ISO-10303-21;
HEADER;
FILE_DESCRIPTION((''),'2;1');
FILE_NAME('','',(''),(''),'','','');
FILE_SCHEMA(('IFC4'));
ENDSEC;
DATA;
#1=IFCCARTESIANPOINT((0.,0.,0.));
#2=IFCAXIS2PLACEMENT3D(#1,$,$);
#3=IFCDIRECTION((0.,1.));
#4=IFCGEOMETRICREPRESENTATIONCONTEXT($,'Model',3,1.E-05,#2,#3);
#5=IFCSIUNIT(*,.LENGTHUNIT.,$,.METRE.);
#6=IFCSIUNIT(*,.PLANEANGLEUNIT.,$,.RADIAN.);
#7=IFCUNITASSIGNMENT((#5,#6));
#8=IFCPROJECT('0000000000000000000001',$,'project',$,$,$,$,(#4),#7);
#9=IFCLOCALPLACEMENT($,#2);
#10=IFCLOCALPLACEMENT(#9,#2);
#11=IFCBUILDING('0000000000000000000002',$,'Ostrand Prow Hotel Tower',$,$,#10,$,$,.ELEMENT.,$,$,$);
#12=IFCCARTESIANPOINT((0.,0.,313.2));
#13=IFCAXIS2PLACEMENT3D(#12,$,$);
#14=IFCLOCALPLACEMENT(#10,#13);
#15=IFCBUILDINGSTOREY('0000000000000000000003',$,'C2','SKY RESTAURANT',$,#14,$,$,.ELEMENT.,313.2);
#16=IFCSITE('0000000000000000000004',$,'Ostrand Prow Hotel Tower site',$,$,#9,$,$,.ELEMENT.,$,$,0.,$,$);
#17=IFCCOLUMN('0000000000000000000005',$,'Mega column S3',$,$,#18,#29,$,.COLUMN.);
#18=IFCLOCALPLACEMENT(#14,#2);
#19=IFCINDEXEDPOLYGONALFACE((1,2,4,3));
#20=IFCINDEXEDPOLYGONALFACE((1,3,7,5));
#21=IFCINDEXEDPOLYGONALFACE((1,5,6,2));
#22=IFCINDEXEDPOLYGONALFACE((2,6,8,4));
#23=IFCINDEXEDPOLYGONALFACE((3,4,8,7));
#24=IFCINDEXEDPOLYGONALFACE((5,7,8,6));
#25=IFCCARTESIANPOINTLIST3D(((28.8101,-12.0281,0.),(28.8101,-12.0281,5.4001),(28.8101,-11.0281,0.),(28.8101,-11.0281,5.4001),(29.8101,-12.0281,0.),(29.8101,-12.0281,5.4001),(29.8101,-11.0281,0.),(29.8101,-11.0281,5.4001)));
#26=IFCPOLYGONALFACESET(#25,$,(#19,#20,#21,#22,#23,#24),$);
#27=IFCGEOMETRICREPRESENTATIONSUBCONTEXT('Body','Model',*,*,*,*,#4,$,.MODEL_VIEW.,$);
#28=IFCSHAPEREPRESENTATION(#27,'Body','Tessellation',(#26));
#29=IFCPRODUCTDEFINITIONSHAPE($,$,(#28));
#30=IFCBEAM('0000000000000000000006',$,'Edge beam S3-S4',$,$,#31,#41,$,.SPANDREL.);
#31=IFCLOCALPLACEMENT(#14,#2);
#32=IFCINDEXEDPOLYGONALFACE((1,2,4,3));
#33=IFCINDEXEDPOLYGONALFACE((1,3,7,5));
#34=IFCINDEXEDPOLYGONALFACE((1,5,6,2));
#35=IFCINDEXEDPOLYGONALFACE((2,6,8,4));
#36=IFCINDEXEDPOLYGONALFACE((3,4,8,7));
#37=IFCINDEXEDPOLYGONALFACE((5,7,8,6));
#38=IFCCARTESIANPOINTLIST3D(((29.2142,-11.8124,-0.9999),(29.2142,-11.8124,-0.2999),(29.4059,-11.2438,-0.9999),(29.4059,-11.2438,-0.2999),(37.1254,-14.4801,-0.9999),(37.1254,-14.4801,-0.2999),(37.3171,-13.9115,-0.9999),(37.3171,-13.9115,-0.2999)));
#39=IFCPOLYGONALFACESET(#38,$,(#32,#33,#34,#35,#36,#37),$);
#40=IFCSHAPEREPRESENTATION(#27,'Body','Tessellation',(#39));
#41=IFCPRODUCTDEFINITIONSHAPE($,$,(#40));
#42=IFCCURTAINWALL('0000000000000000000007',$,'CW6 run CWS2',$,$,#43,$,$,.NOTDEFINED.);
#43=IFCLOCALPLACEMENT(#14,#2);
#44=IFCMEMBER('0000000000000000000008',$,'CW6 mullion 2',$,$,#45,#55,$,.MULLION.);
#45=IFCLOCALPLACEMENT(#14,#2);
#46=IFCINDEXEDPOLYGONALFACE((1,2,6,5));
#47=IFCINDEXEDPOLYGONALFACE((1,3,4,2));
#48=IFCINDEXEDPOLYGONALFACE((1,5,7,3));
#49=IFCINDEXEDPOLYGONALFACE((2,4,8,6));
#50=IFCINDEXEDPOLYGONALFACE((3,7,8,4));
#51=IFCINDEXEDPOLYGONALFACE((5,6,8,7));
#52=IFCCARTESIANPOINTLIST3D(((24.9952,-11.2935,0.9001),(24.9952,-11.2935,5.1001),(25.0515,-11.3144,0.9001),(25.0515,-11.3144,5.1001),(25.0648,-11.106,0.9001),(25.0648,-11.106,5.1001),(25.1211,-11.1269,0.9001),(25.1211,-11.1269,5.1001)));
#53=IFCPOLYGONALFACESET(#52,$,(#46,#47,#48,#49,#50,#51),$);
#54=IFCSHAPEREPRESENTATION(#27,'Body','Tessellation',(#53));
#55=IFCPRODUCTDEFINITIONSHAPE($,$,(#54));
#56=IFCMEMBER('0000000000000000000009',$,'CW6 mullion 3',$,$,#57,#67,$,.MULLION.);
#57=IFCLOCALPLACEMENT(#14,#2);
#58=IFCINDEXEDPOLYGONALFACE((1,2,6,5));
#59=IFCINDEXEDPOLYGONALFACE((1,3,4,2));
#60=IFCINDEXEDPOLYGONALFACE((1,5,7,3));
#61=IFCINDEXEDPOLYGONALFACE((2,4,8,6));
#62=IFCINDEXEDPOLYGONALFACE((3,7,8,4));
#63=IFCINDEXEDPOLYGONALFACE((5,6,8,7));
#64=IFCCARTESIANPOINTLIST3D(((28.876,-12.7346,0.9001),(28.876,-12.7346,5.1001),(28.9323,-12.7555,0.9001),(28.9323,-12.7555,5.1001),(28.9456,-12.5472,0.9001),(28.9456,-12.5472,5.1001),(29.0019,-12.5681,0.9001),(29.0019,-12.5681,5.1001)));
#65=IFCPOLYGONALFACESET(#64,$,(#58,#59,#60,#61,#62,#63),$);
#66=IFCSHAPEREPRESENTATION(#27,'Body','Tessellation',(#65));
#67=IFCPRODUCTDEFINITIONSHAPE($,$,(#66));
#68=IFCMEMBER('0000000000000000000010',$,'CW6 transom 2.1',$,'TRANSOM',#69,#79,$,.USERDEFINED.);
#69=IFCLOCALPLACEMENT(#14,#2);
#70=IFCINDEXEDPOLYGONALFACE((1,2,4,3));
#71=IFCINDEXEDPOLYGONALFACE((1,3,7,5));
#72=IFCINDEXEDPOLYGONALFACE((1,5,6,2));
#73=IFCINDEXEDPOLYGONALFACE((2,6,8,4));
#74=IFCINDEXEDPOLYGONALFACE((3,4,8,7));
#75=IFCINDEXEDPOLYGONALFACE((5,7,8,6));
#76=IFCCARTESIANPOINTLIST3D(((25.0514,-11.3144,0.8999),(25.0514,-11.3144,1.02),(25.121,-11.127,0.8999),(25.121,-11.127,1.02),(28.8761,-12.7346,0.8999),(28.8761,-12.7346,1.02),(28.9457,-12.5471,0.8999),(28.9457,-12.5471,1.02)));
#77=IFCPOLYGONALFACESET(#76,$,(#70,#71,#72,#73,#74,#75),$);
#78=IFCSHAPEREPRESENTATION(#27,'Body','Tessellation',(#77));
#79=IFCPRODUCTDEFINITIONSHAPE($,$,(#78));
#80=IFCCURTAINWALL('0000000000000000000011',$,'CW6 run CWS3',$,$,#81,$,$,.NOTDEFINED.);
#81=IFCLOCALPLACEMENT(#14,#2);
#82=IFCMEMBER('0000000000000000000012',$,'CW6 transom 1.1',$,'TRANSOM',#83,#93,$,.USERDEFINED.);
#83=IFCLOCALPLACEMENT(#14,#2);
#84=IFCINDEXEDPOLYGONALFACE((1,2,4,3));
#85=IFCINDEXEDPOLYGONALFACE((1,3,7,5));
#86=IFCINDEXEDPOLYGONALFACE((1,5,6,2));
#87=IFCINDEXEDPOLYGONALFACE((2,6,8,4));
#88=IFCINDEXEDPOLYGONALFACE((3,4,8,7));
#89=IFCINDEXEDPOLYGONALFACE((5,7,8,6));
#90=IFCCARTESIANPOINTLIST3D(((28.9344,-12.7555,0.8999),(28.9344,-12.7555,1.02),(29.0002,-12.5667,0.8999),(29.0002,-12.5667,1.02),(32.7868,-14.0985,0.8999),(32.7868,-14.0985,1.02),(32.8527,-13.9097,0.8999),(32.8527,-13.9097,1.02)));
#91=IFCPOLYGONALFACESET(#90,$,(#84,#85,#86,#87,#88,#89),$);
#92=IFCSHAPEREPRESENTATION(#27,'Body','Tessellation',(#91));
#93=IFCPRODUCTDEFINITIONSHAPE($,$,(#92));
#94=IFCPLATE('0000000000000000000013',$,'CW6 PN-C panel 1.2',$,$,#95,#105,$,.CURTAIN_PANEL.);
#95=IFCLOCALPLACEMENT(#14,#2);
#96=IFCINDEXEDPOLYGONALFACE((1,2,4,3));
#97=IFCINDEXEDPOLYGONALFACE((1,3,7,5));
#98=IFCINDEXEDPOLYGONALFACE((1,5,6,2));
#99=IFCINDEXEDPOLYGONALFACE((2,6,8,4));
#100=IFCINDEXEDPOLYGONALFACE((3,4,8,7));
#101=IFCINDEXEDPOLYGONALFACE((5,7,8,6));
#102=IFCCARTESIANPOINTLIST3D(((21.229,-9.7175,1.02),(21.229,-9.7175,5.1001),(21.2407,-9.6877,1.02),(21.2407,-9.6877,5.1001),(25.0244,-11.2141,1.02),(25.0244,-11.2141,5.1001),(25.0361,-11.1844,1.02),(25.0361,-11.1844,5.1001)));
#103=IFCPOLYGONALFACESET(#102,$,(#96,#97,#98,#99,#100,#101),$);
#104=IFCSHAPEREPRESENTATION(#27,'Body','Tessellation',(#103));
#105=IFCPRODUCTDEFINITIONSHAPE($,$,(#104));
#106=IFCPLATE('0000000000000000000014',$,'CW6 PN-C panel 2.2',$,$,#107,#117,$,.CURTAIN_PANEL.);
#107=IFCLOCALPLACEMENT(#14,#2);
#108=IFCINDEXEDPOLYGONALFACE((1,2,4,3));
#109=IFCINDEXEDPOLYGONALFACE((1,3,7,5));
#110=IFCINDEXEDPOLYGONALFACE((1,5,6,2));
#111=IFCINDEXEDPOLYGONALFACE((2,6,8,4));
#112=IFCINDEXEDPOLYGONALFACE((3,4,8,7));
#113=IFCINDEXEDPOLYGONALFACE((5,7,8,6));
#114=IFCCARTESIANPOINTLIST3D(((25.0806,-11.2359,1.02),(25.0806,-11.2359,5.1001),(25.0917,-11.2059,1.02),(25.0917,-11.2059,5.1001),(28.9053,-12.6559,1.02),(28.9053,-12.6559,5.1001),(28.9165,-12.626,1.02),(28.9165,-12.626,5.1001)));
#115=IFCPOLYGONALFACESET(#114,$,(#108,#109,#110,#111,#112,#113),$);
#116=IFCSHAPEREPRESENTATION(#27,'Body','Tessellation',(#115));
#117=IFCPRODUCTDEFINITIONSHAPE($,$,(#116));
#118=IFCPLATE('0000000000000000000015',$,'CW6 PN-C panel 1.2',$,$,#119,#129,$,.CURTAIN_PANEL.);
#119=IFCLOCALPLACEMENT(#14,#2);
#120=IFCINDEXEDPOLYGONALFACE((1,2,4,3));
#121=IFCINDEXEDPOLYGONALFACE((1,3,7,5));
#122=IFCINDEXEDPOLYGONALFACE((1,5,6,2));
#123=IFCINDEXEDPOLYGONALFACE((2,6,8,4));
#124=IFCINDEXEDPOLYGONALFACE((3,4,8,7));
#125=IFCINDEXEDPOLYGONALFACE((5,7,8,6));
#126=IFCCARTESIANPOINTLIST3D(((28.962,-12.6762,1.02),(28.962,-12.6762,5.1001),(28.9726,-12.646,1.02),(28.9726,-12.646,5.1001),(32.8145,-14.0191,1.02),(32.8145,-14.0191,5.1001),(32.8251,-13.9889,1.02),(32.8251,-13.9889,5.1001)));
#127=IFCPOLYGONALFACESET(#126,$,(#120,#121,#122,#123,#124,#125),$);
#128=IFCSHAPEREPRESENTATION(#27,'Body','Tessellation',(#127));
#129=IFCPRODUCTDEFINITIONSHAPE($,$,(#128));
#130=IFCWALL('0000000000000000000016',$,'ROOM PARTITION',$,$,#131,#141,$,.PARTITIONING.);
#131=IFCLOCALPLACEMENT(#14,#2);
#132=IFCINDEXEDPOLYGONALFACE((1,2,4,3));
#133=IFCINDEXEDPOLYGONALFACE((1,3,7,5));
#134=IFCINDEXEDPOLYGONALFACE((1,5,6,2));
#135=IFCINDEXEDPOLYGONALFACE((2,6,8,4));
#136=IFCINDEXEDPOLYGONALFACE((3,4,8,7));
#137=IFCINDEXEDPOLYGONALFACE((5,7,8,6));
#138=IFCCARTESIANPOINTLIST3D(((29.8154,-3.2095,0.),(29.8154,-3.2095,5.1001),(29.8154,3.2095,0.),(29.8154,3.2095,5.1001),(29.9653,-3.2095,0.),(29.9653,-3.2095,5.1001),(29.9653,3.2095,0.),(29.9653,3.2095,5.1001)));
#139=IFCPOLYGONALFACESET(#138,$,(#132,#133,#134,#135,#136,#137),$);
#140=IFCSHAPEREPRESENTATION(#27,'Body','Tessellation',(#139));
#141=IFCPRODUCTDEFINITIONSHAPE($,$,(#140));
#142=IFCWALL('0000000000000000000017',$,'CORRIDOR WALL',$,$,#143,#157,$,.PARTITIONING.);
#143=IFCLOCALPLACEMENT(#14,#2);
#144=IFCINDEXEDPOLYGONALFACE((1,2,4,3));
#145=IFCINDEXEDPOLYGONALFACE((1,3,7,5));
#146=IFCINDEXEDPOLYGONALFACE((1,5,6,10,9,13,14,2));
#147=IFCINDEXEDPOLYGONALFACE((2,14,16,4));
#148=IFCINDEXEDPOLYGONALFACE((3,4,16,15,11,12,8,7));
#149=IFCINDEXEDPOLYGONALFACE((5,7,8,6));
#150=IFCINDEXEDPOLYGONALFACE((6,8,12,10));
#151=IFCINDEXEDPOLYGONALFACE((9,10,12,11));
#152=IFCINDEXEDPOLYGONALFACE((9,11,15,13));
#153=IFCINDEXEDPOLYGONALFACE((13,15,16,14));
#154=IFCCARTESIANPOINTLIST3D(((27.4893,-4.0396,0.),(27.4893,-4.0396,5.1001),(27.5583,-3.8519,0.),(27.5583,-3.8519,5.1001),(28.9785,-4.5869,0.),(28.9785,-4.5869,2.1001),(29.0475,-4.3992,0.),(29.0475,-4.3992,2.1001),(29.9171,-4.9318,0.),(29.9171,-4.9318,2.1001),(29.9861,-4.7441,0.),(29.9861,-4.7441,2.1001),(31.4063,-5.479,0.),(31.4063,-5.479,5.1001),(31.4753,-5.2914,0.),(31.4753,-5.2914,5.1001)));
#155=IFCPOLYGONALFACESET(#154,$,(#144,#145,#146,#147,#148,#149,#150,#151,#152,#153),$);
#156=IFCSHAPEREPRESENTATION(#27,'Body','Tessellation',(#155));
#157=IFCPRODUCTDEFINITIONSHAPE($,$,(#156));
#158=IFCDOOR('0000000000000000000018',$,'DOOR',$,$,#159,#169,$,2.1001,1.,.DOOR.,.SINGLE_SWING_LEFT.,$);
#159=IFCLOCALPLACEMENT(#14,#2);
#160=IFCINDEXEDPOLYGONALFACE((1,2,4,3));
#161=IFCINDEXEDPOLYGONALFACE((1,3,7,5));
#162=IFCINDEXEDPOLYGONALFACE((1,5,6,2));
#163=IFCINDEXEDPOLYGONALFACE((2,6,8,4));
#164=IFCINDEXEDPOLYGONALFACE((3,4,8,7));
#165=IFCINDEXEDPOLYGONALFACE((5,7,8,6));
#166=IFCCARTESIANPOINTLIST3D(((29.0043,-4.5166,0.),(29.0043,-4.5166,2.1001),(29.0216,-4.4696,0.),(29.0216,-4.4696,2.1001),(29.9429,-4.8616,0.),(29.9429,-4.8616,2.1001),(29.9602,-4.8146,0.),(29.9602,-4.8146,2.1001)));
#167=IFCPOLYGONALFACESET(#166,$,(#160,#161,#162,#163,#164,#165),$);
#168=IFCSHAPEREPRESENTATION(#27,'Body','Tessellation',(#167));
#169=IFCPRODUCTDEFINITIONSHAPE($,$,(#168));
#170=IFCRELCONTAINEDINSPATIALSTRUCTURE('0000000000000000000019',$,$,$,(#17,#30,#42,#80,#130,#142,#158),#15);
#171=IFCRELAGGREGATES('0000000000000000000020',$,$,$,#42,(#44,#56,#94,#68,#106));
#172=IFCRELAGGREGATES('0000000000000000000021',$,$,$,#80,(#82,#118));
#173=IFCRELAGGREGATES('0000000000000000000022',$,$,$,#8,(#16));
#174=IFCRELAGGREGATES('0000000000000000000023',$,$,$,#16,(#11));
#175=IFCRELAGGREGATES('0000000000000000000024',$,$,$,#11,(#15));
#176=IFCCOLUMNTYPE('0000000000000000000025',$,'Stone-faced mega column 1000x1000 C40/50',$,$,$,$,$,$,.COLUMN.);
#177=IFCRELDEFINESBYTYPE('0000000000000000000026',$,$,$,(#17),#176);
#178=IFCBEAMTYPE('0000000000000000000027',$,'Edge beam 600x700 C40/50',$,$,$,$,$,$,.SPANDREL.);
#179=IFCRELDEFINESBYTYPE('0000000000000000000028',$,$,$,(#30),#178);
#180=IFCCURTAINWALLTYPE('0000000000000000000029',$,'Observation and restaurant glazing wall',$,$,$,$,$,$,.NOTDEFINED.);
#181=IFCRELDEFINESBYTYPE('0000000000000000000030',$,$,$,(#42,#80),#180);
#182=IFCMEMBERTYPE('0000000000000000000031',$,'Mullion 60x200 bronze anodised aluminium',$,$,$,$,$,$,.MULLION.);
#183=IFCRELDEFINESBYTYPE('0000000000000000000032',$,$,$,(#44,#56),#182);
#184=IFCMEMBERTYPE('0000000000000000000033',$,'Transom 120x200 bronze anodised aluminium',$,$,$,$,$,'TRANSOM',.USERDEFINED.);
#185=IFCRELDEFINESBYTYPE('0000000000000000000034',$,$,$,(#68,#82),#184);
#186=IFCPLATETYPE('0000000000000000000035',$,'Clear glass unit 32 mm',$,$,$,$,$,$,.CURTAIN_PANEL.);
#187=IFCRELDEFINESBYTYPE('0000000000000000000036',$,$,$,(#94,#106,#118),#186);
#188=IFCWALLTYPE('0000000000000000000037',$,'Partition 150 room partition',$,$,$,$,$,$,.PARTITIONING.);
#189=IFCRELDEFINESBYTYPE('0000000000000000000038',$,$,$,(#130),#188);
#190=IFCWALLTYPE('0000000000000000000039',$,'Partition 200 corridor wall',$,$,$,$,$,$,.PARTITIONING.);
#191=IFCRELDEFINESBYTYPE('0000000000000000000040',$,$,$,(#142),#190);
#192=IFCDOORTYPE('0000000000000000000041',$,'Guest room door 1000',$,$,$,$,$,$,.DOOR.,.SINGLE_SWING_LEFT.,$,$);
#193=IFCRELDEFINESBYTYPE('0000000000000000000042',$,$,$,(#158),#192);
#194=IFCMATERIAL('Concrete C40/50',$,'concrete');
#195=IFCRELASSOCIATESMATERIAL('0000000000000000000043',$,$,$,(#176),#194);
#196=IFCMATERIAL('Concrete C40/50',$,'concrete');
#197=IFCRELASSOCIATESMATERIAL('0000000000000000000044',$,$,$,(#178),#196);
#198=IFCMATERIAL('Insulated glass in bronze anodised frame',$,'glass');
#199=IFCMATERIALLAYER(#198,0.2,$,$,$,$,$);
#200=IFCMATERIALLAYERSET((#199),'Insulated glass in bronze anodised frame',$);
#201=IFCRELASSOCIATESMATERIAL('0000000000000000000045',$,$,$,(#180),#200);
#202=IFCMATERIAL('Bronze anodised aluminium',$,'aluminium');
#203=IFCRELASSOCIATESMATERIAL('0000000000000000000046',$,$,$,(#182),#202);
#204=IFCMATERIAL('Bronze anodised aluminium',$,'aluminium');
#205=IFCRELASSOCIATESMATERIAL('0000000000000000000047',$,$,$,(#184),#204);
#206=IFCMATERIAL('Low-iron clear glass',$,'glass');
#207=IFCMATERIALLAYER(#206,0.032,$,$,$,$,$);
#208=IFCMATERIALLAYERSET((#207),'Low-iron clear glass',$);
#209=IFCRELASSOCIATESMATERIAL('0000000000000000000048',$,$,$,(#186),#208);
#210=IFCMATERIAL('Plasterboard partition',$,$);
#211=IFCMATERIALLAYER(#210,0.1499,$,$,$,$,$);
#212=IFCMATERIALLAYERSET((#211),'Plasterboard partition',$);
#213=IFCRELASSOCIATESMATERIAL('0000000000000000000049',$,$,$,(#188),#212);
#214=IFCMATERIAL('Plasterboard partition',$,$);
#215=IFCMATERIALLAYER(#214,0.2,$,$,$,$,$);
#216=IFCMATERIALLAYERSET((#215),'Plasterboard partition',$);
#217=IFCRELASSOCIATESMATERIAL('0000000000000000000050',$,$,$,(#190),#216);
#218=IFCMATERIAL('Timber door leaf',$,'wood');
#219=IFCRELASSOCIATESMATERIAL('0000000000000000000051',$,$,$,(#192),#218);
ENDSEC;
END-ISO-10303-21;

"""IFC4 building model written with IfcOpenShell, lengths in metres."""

from ifc_helpers import new_model, si_unit, direction, frame, frame_2d, origin, origin_2d, place, context, subcontext, project, spatial, rectangle, extrude, material, layer, layer_set, material_profile, profile_set, type_object, element, fill, aggregate, save


model = new_model("IFC4")

# Units and contexts
model_context = context("Model", 3, precision=1e-05, world=origin(), true_north=direction((0.0, 1.0)))
body_context = subcontext(model_context, "Body", "Model", "MODEL_VIEW")
ifc_project = project(units=[si_unit("LENGTHUNIT", "METRE"), si_unit("PLANEANGLEUNIT", "RADIAN")], contexts=[model_context])

# Site, building, storey
site_placement = place(None, origin())
site = spatial("IfcSite", under=ifc_project, at=site_placement, Name="Ostrand Prow Hotel Tower site", CompositionType="ELEMENT", RefElevation=0.0)
building_placement = place(site_placement, origin())
building = spatial("IfcBuilding", under=site, at=building_placement, Name="Ostrand Prow Hotel Tower", CompositionType="ELEMENT")
storey_placement = place(building_placement, frame((0.0, 0.0, 313.2)))
storey = spatial("IfcBuildingStorey", under=building, at=storey_placement, Name="C2", Description="SKY RESTAURANT", CompositionType="ELEMENT", Elevation=313.2)

# Column
ifc_material_1 = material(Name="Concrete C40/50", Category="concrete")
ifc_material_profile_1 = material_profile(ifc_material_1, rectangle(XDim=1.0, YDim=1.0, at=origin_2d()), Name="RC 1000x1000")
ifc_profile_set_1 = profile_set([ifc_material_profile_1], Name="Concrete C40/50")
column_type = type_object("IfcColumnType", Name="Stone-faced mega column 1000x1000 C40/50", PredefinedType="COLUMN", material=ifc_profile_set_1)
column_placement = place(storey_placement, frame((29.3101, -11.5281, 0.0), z_axis=(0.0, 0.0, 1.0), x_axis=(1.0, 0.0, 0.0)))
element("IfcColumn", 1, at=column_placement, inside=storey, type_object=column_type, Name="Mega column S3", PredefinedType="COLUMN", context=body_context, shape_type="SweptSolid", body=[
    extrude(rectangle(XDim=1.0, YDim=1.0, at=origin_2d()), origin(), (0.0, 0.0, 1.0), 5.4001),
])

# Beam
ifc_material_2 = material(Name="Concrete C40/50", Category="concrete")
ifc_material_profile_2 = material_profile(ifc_material_2, rectangle(XDim=0.6001, YDim=0.7, at=origin_2d()), Name="RC 600x700")
ifc_profile_set_2 = profile_set([ifc_material_profile_2], Name="Concrete C40/50")
beam_type = type_object("IfcBeamType", Name="Edge beam 600x700 C40/50", PredefinedType="SPANDREL", material=ifc_profile_set_2)
beam_placement = place(storey_placement, frame((29.3101, -11.5281, -0.6499), z_axis=(0.947575, -0.319533, 0.0), x_axis=(0.319533, 0.947575, 0.0)))
element("IfcBeam", 2, at=beam_placement, inside=storey, type_object=beam_type, Name="Edge beam S3-S4", PredefinedType="SPANDREL", context=body_context, shape_type="SweptSolid", body=[
    extrude(rectangle(XDim=0.6001, YDim=0.7, at=origin_2d()), origin(), (0.0, 0.0, 1.0), 8.3489),
])

# Curtain wall, members
ifc_material_3 = material(Name="Insulated glass in bronze anodised frame", Category="glass")
ifc_layer_1 = layer(ifc_material_3, 0.2)
ifc_layer_set_1 = layer_set([ifc_layer_1], Name="Insulated glass in bronze anodised frame")
curtain_wall_type = type_object("IfcCurtainWallType", Name="Observation and restaurant glazing wall", PredefinedType="NOTDEFINED", material=ifc_layer_set_1)
curtain_wall_1_placement = place(storey_placement, origin())
curtain_wall_1 = element("IfcCurtainWall", 3, at=curtain_wall_1_placement, inside=storey, type_object=curtain_wall_type, Name="CW6 run CWS2", PredefinedType="NOTDEFINED")
ifc_material_4 = material(Name="Bronze anodised aluminium", Category="aluminium")
ifc_material_profile_3 = material_profile(ifc_material_4, rectangle(XDim=0.2, YDim=0.0601, at=origin_2d()), Name="Mullion 60x200 bronze anodised aluminium")
ifc_profile_set_3 = profile_set([ifc_material_profile_3], Name="Bronze anodised aluminium")
member_type_1 = type_object("IfcMemberType", Name="Mullion 60x200 bronze anodised aluminium", PredefinedType="MULLION", material=ifc_profile_set_3)
member_1_placement = place(storey_placement, frame((25.0581, -11.2102, 0.9001), z_axis=(0.0, 0.0, 1.0), x_axis=(0.348071, 0.937468, 0.0)))
member_1 = element("IfcMember", 4, at=member_1_placement, type_object=member_type_1, Name="CW6 mullion 2", PredefinedType="MULLION", context=body_context, shape_type="SweptSolid", body=[
    extrude(rectangle(XDim=0.2, YDim=0.0601, at=origin_2d()), origin(), (0.0, 0.0, 1.0), 4.2),
])
member_2_placement = place(storey_placement, frame((28.939, -12.6514, 0.9001), z_axis=(0.0, 0.0, 1.0), x_axis=(0.348071, 0.937468, 0.0)))
member_2 = element("IfcMember", 5, at=member_2_placement, type_object=member_type_1, Name="CW6 mullion 3", PredefinedType="MULLION", context=body_context, shape_type="SweptSolid", body=[
    extrude(rectangle(XDim=0.2, YDim=0.0601, at=origin_2d()), origin(), (0.0, 0.0, 1.0), 4.2),
])
ifc_material_5 = material(Name="Bronze anodised aluminium", Category="aluminium")
ifc_material_profile_4 = material_profile(ifc_material_5, rectangle(XDim=0.2, YDim=0.1201, at=origin_2d()), Name="Transom 120x200 bronze anodised aluminium")
ifc_profile_set_4 = profile_set([ifc_material_profile_4], Name="Bronze anodised aluminium")
member_type_2 = type_object("IfcMemberType", Name="Transom 120x200 bronze anodised aluminium", ElementType="TRANSOM", PredefinedType="USERDEFINED", material=ifc_profile_set_4)
member_3_placement = place(storey_placement, frame((25.0862, -11.2207, 0.96), z_axis=(0.93746, -0.348092, 0.0), x_axis=(0.348092, 0.93746, 0.0)))
member_3 = element("IfcMember", 6, at=member_3_placement, type_object=member_type_2, Name="CW6 transom 2.1", ObjectType="TRANSOM", PredefinedType="USERDEFINED", context=body_context, shape_type="SweptSolid", body=[
    extrude(rectangle(XDim=0.2, YDim=0.1201, at=origin_2d()), origin(), (0.0, 0.0, 1.0), 4.0798),
])

# Curtain wall, member
curtain_wall_2_placement = place(storey_placement, origin())
curtain_wall_2 = element("IfcCurtainWall", 7, at=curtain_wall_2_placement, inside=storey, type_object=curtain_wall_type, Name="CW6 run CWS3", PredefinedType="NOTDEFINED")
member_4_placement = place(storey_placement, frame((28.9673, -12.6611, 0.96), z_axis=(0.944268, -0.329177, 0.0), x_axis=(0.329177, 0.944268, 0.0)))
member_4 = element("IfcMember", 8, at=member_4_placement, type_object=member_type_2, Name="CW6 transom 1.1", ObjectType="TRANSOM", PredefinedType="USERDEFINED", context=body_context, shape_type="SweptSolid", body=[
    extrude(rectangle(XDim=0.2, YDim=0.1201, at=origin_2d()), origin(), (0.0, 0.0, 1.0), 4.0798),
])

# Plates
ifc_material_6 = material(Name="Low-iron clear glass", Category="glass")
ifc_layer_2 = layer(ifc_material_6, 0.032)
ifc_layer_set_2 = layer_set([ifc_layer_2], Name="Low-iron clear glass")
plate_type = type_object("IfcPlateType", Name="Clear glass unit 32 mm", PredefinedType="CURTAIN_PANEL", material=ifc_layer_set_2)
plate_1_placement = place(storey_placement, frame((23.1326, -10.4509, 1.02), z_axis=(0.0, 0.0, 1.0), x_axis=(0.930282, -0.366845, 0.0)))
plate_1 = element("IfcPlate", 9, at=plate_1_placement, type_object=plate_type, Name="CW6 PN-C panel 1.2", PredefinedType="CURTAIN_PANEL", context=body_context, shape_type="SweptSolid", body=[
    extrude(rectangle(XDim=4.0798, YDim=0.032, at=origin_2d()), origin(), (0.0, 0.0, 1.0), 4.0801),
])
plate_2_placement = place(storey_placement, frame((26.9985, -11.9309, 1.02), z_axis=(0.0, 0.0, 1.0), x_axis=(0.937468, -0.348071, 0.0)))
plate_2 = element("IfcPlate", 10, at=plate_2_placement, type_object=plate_type, Name="CW6 PN-C panel 2.2", PredefinedType="CURTAIN_PANEL", context=body_context, shape_type="SweptSolid", body=[
    extrude(rectangle(XDim=4.0798, YDim=0.032, at=origin_2d()), origin(), (0.0, 0.0, 1.0), 4.0801),
])
aggregate(curtain_wall_1, [member_1, member_2, plate_1, member_3, plate_2])
plate_3_placement = place(storey_placement, frame((30.8936, -13.3325, 1.02), z_axis=(0.0, 0.0, 1.0), x_axis=(0.944275, -0.329158, 0.0)))
plate_3 = element("IfcPlate", 11, at=plate_3_placement, type_object=plate_type, Name="CW6 PN-C panel 1.2", PredefinedType="CURTAIN_PANEL", context=body_context, shape_type="SweptSolid", body=[
    extrude(rectangle(XDim=4.0798, YDim=0.032, at=origin_2d()), origin(), (0.0, 0.0, 1.0), 4.0801),
])
aggregate(curtain_wall_2, [member_4, plate_3])

# Wall
ifc_material_7 = material(Name="Plasterboard partition")
ifc_layer_3 = layer(ifc_material_7, 0.1499)
ifc_layer_set_3 = layer_set([ifc_layer_3], Name="Plasterboard partition")
wall_type_1 = type_object("IfcWallType", Name="Partition 150 room partition", PredefinedType="PARTITIONING", material=ifc_layer_set_3)
wall_1_placement = place(storey_placement, frame((29.8904, -3.2095, 0.0), z_axis=(0.0, 0.0, 1.0), x_axis=(0.0, 1.0, 0.0)))
element("IfcWall", 12, at=wall_1_placement, inside=storey, type_object=wall_type_1, Name="ROOM PARTITION", PredefinedType="PARTITIONING", context=body_context, shape_type="SweptSolid", body=[
    extrude(rectangle(XDim=6.4189, YDim=0.1499, at=frame_2d((3.2095, 0.0))), origin(), (0.0, 0.0, 1.0), 5.1001),
])

# Wall, opening, door
ifc_material_8 = material(Name="Plasterboard partition")
ifc_layer_4 = layer(ifc_material_8, 0.2)
ifc_layer_set_4 = layer_set([ifc_layer_4], Name="Plasterboard partition")
wall_type_2 = type_object("IfcWallType", Name="Partition 200 corridor wall", PredefinedType="PARTITIONING", material=ifc_layer_set_4)
wall_2_placement = place(storey_placement, frame((27.5239, -3.9458, 0.0), z_axis=(0.0, 0.0, 1.0), x_axis=(0.938626, -0.344935, 0.0)))
wall_2 = element("IfcWall", 13, at=wall_2_placement, inside=storey, type_object=wall_type_2, Name="CORRIDOR WALL", PredefinedType="PARTITIONING", context=body_context, shape_type="SweptSolid", body=[
    extrude(rectangle(XDim=4.1731, YDim=0.2, at=frame_2d((2.0864, 0.0))), origin(), (0.0, 0.0, 1.0), 5.1001),
])
opening_1_placement = place(wall_2_placement, frame((1.5864, 0.0, 0.0)))
opening_1 = element("IfcOpeningElement", 14, at=opening_1_placement, cuts=wall_2, PredefinedType="OPENING", context=body_context, shape_type="SweptSolid", body=[
    extrude(rectangle(XDim=1.0, YDim=2.1001, at=frame_2d((0.5, 1.05))), frame((0.0, 0.1099, 0.0), z_axis=(0.0, -1.0, 0.0), x_axis=(1.0, 0.0, 0.0)), (0.0, 0.0, 1.0), 0.22),
])
ifc_material_9 = material(Name="Timber door leaf", Category="wood")
door_type_1 = type_object("IfcDoorType", Name="Guest room door 1000", OperationType="SINGLE_SWING_LEFT", PredefinedType="DOOR", material=ifc_material_9)
door_1_placement = place(opening_1_placement, origin())
door_1 = element("IfcDoor", 15, at=door_1_placement, inside=storey, type_object=door_type_1, Name="DOOR", OperationType="SINGLE_SWING_LEFT", OverallHeight=2.1001, OverallWidth=1.0, PredefinedType="DOOR", context=body_context, shape_type="SweptSolid", body=[
    extrude(rectangle(XDim=1.0, YDim=2.1001, at=frame_2d((0.5, 1.05))), frame((0.0, 0.0249, 0.0), z_axis=(0.0, -1.0, 0.0), x_axis=(1.0, 0.0, 0.0)), (0.0, 0.0, 1.0), 0.05),
])
fill(opening_1, door_1)

save(model, "model.ifc")
